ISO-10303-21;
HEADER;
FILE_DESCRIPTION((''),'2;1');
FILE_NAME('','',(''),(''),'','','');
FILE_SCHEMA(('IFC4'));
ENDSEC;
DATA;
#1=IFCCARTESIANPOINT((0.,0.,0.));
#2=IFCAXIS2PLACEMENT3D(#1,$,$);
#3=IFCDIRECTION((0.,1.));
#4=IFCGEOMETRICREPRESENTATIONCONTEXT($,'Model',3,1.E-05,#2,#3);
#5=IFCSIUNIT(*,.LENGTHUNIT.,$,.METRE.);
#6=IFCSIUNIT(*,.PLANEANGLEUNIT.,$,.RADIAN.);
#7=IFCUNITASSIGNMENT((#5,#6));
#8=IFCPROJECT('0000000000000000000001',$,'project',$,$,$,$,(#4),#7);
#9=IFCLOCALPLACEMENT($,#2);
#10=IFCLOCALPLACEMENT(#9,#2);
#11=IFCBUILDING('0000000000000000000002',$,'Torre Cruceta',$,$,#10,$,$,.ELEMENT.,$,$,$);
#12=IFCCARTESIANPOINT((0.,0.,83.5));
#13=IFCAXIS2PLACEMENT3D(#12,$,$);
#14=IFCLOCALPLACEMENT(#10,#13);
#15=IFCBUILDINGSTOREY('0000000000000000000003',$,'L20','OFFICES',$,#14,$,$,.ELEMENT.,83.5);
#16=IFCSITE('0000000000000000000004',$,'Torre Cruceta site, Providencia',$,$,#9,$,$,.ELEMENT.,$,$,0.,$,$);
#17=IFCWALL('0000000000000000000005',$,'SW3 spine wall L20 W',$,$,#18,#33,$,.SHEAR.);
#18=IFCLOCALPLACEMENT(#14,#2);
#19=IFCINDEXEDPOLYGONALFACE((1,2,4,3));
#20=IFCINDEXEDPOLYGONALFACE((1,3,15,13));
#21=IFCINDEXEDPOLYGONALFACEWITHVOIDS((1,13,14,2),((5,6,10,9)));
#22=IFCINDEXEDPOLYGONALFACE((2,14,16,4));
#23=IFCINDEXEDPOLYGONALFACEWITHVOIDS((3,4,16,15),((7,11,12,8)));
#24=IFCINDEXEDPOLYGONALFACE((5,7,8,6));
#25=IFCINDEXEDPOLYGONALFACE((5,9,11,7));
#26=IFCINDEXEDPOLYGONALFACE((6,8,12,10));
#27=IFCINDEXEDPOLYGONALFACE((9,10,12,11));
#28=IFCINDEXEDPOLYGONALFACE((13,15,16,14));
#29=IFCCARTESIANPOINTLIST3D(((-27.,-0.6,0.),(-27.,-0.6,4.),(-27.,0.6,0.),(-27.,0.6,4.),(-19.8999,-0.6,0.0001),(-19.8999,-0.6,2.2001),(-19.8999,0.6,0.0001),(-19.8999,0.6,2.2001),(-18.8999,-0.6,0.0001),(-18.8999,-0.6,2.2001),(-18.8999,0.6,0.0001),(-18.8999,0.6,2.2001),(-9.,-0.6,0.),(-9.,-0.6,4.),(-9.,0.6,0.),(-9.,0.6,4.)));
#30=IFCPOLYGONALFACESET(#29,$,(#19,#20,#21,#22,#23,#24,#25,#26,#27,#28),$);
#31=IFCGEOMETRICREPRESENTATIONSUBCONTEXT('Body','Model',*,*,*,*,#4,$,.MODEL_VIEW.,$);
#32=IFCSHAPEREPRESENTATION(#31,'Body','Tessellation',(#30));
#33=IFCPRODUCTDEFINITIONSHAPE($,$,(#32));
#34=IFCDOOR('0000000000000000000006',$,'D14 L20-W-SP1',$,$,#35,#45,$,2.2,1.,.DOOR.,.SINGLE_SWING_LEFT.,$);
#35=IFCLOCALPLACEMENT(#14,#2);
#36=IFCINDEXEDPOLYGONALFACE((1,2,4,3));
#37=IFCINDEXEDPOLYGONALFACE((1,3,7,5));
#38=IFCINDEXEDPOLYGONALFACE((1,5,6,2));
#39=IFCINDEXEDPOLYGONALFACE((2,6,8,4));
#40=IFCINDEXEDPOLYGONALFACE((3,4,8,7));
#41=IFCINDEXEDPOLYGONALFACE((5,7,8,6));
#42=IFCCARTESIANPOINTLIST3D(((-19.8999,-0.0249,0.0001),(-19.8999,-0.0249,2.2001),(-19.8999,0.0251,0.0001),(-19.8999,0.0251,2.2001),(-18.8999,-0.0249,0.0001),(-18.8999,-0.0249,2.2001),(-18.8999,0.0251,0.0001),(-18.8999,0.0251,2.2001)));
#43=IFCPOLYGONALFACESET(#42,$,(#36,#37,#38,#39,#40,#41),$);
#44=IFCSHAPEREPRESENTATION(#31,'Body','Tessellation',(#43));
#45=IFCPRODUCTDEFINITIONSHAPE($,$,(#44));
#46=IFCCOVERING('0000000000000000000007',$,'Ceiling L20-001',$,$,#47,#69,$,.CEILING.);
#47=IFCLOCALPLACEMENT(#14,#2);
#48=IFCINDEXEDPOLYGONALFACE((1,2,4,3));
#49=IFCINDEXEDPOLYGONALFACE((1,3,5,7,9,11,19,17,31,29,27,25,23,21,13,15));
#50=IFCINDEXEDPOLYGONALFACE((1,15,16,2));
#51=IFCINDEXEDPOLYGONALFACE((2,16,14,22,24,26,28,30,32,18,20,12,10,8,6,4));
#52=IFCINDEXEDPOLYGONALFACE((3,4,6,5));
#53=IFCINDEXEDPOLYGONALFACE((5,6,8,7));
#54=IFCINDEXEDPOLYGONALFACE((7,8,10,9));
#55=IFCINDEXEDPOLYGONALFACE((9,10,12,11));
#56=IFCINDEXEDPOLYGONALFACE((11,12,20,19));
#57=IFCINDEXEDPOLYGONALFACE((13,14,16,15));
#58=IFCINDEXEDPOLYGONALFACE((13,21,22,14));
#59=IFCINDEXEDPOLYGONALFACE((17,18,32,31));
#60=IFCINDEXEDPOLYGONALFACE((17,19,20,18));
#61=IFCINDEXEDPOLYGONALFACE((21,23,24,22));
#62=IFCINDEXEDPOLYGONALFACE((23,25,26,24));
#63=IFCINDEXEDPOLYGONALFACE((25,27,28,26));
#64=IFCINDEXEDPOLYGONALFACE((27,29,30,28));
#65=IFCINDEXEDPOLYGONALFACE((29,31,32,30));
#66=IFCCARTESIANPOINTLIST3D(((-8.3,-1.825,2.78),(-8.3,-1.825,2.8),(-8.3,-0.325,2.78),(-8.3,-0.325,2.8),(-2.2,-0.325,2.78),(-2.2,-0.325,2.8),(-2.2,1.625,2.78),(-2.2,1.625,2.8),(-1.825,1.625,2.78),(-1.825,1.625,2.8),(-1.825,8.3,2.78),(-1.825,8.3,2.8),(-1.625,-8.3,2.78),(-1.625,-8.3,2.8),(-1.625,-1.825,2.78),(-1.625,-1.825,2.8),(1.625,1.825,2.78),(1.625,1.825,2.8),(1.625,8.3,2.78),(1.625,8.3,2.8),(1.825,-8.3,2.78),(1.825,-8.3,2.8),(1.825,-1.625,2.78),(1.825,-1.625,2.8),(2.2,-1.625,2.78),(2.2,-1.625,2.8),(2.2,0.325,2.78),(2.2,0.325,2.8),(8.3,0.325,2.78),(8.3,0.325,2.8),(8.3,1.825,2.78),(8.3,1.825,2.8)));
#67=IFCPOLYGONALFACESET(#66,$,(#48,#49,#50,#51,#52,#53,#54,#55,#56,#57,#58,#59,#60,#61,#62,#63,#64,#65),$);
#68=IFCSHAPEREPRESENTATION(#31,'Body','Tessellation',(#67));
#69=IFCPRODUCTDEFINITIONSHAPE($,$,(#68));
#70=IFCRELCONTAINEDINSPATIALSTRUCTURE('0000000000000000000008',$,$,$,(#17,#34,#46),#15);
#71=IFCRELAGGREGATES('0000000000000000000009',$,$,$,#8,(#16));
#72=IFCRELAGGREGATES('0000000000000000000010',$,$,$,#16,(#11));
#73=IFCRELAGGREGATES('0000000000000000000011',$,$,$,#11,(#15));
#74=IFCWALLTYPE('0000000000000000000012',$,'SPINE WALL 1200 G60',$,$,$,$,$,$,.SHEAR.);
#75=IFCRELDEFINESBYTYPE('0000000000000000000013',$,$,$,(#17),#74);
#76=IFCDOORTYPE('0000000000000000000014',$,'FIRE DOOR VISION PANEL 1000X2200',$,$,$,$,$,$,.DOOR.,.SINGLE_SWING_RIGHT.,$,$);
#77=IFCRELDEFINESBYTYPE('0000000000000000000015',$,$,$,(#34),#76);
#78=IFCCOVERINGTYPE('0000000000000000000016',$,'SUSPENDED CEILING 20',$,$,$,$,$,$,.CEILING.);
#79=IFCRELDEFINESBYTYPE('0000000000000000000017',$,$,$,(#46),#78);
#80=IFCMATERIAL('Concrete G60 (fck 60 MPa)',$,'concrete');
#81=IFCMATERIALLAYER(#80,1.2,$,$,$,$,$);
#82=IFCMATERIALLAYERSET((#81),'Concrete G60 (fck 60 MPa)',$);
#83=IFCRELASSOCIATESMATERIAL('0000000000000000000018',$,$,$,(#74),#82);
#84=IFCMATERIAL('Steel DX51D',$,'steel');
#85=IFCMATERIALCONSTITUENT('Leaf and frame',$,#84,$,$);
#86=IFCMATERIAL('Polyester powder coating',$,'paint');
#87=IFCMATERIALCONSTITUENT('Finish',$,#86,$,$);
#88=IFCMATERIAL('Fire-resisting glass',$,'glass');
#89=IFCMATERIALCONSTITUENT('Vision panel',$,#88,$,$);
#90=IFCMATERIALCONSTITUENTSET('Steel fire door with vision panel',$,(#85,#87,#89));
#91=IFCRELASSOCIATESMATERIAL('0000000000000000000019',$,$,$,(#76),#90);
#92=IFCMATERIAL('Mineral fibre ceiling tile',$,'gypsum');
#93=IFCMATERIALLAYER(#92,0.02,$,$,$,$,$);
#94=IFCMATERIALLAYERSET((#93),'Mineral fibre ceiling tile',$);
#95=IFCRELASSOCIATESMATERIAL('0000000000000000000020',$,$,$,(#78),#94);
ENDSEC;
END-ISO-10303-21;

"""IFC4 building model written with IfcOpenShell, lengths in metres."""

from ifc_helpers import new_model, si_unit, direction, frame, frame_2d, origin, place, context, subcontext, project, spatial, polyline, rectangle, outline, extrude, material, layer, layer_set, constituent, constituent_set, type_object, element, fill, save


model = new_model("IFC4")

# Units and contexts
model_context = context("Model", 3, precision=1e-05, world=origin(), true_north=direction((0.0, 1.0)))
body_context = subcontext(model_context, "Body", "Model", "MODEL_VIEW")
ifc_project = project(units=[si_unit("LENGTHUNIT", "METRE"), si_unit("PLANEANGLEUNIT", "RADIAN")], contexts=[model_context])

# Site, building, storey
site_placement = place(None, origin())
site = spatial("IfcSite", under=ifc_project, at=site_placement, Name="Torre Cruceta site, Providencia", CompositionType="ELEMENT", RefElevation=0.0)
building_placement = place(site_placement, origin())
building = spatial("IfcBuilding", under=site, at=building_placement, Name="Torre Cruceta", CompositionType="ELEMENT")
storey_placement = place(building_placement, frame((0.0, 0.0, 83.5)))
storey = spatial("IfcBuildingStorey", under=building, at=storey_placement, Name="L20", Description="OFFICES", CompositionType="ELEMENT", Elevation=83.5)

# Wall, opening, door
ifc_material_1 = material(Name="Concrete G60 (fck 60 MPa)", Category="concrete")
ifc_layer_1 = layer(ifc_material_1, 1.2)
ifc_layer_set_1 = layer_set([ifc_layer_1], Name="Concrete G60 (fck 60 MPa)")
wall_type_1 = type_object("IfcWallType", Name="SPINE WALL 1200 G60", PredefinedType="SHEAR", material=ifc_layer_set_1)
wall_1_placement = place(storey_placement, frame((-9.0, 0.0, 0.0), z_axis=(0.0, 0.0, 1.0), x_axis=(-1.0, 0.0, 0.0)))
wall_1 = element("IfcWall", 1, at=wall_1_placement, inside=storey, type_object=wall_type_1, Name="SW3 spine wall L20 W", PredefinedType="SHEAR", context=body_context, shape_type="SweptSolid", body=[
    extrude(rectangle(XDim=18.0, YDim=1.2, at=frame_2d((9.0, 0.0))), origin(), (0.0, 0.0, 1.0), 4.0),
])
opening_1_placement = place(wall_1_placement, frame((9.8999, 0.0, 0.0)))
opening_1 = element("IfcOpeningElement", 2, at=opening_1_placement, cuts=wall_1, PredefinedType="OPENING", context=body_context, shape_type="SweptSolid", body=[
    extrude(rectangle(XDim=1.0, YDim=2.2, at=frame_2d((0.5, 1.1001))), frame((0.0, 0.6099, 0.0), z_axis=(0.0, -1.0, 0.0), x_axis=(1.0, 0.0, 0.0)), (0.0, 0.0, 1.0), 1.22),
])
ifc_material_2 = material(Name="Steel DX51D", Category="steel")
ifc_constituent_1 = constituent(ifc_material_2, Name="Leaf and frame")
ifc_material_3 = material(Name="Polyester powder coating", Category="paint")
ifc_constituent_2 = constituent(ifc_material_3, Name="Finish")
ifc_material_4 = material(Name="Fire-resisting glass", Category="glass")
ifc_constituent_3 = constituent(ifc_material_4, Name="Vision panel")
ifc_constituent_set_1 = constituent_set(constituents=[ifc_constituent_1, ifc_constituent_2, ifc_constituent_3], Name="Steel fire door with vision panel")
door_type_1 = type_object("IfcDoorType", Name="FIRE DOOR VISION PANEL 1000X2200", OperationType="SINGLE_SWING_RIGHT", PredefinedType="DOOR", material=ifc_constituent_set_1)
door_1_placement = place(opening_1_placement, frame((1.0, 0.0, 0.0), z_axis=(0.0, 0.0, 1.0), x_axis=(-1.0, 0.0, 0.0)))
door_1 = element("IfcDoor", 3, at=door_1_placement, inside=storey, type_object=door_type_1, Name="D14 L20-W-SP1", OperationType="SINGLE_SWING_LEFT", OverallHeight=2.2, OverallWidth=1.0, PredefinedType="DOOR", context=body_context, shape_type="SweptSolid", body=[
    extrude(rectangle(XDim=1.0, YDim=2.2, at=frame_2d((0.5, 1.1001))), frame((0.0, 0.0251, 0.0), z_axis=(0.0, -1.0, 0.0), x_axis=(1.0, 0.0, 0.0)), (0.0, 0.0, 1.0), 0.05),
])
fill(opening_1, door_1)

# Covering
ifc_material_5 = material(Name="Mineral fibre ceiling tile", Category="gypsum")
ifc_layer_2 = layer(ifc_material_5, 0.02)
ifc_layer_set_2 = layer_set([ifc_layer_2], Name="Mineral fibre ceiling tile")
covering_type = type_object("IfcCoveringType", Name="SUSPENDED CEILING 20", PredefinedType="CEILING", material=ifc_layer_set_2)
covering_placement = place(storey_placement, frame((0.0, 0.0, 2.78)))
element("IfcCovering", 4, at=covering_placement, inside=storey, type_object=covering_type, Name="Ceiling L20-001", PredefinedType="CEILING", context=body_context, shape_type="SweptSolid", body=[
    extrude(outline(polyline([(1.825, -8.3), (-1.625, -8.3), (-1.625, -1.825), (-8.3, -1.825), (-8.3, -0.325), (-2.2, -0.325), (-2.2, 1.625), (-1.825, 1.625), (-1.825, 8.3), (1.625, 8.3), (1.625, 1.825), (8.3, 1.825), (8.3, 0.325), (2.2, 0.325), (2.2, -1.625), (1.825, -1.625), (1.825, -8.3)])), origin(), (0.0, 0.0, 1.0), 0.02),
])

save(model, "model.ifc")
